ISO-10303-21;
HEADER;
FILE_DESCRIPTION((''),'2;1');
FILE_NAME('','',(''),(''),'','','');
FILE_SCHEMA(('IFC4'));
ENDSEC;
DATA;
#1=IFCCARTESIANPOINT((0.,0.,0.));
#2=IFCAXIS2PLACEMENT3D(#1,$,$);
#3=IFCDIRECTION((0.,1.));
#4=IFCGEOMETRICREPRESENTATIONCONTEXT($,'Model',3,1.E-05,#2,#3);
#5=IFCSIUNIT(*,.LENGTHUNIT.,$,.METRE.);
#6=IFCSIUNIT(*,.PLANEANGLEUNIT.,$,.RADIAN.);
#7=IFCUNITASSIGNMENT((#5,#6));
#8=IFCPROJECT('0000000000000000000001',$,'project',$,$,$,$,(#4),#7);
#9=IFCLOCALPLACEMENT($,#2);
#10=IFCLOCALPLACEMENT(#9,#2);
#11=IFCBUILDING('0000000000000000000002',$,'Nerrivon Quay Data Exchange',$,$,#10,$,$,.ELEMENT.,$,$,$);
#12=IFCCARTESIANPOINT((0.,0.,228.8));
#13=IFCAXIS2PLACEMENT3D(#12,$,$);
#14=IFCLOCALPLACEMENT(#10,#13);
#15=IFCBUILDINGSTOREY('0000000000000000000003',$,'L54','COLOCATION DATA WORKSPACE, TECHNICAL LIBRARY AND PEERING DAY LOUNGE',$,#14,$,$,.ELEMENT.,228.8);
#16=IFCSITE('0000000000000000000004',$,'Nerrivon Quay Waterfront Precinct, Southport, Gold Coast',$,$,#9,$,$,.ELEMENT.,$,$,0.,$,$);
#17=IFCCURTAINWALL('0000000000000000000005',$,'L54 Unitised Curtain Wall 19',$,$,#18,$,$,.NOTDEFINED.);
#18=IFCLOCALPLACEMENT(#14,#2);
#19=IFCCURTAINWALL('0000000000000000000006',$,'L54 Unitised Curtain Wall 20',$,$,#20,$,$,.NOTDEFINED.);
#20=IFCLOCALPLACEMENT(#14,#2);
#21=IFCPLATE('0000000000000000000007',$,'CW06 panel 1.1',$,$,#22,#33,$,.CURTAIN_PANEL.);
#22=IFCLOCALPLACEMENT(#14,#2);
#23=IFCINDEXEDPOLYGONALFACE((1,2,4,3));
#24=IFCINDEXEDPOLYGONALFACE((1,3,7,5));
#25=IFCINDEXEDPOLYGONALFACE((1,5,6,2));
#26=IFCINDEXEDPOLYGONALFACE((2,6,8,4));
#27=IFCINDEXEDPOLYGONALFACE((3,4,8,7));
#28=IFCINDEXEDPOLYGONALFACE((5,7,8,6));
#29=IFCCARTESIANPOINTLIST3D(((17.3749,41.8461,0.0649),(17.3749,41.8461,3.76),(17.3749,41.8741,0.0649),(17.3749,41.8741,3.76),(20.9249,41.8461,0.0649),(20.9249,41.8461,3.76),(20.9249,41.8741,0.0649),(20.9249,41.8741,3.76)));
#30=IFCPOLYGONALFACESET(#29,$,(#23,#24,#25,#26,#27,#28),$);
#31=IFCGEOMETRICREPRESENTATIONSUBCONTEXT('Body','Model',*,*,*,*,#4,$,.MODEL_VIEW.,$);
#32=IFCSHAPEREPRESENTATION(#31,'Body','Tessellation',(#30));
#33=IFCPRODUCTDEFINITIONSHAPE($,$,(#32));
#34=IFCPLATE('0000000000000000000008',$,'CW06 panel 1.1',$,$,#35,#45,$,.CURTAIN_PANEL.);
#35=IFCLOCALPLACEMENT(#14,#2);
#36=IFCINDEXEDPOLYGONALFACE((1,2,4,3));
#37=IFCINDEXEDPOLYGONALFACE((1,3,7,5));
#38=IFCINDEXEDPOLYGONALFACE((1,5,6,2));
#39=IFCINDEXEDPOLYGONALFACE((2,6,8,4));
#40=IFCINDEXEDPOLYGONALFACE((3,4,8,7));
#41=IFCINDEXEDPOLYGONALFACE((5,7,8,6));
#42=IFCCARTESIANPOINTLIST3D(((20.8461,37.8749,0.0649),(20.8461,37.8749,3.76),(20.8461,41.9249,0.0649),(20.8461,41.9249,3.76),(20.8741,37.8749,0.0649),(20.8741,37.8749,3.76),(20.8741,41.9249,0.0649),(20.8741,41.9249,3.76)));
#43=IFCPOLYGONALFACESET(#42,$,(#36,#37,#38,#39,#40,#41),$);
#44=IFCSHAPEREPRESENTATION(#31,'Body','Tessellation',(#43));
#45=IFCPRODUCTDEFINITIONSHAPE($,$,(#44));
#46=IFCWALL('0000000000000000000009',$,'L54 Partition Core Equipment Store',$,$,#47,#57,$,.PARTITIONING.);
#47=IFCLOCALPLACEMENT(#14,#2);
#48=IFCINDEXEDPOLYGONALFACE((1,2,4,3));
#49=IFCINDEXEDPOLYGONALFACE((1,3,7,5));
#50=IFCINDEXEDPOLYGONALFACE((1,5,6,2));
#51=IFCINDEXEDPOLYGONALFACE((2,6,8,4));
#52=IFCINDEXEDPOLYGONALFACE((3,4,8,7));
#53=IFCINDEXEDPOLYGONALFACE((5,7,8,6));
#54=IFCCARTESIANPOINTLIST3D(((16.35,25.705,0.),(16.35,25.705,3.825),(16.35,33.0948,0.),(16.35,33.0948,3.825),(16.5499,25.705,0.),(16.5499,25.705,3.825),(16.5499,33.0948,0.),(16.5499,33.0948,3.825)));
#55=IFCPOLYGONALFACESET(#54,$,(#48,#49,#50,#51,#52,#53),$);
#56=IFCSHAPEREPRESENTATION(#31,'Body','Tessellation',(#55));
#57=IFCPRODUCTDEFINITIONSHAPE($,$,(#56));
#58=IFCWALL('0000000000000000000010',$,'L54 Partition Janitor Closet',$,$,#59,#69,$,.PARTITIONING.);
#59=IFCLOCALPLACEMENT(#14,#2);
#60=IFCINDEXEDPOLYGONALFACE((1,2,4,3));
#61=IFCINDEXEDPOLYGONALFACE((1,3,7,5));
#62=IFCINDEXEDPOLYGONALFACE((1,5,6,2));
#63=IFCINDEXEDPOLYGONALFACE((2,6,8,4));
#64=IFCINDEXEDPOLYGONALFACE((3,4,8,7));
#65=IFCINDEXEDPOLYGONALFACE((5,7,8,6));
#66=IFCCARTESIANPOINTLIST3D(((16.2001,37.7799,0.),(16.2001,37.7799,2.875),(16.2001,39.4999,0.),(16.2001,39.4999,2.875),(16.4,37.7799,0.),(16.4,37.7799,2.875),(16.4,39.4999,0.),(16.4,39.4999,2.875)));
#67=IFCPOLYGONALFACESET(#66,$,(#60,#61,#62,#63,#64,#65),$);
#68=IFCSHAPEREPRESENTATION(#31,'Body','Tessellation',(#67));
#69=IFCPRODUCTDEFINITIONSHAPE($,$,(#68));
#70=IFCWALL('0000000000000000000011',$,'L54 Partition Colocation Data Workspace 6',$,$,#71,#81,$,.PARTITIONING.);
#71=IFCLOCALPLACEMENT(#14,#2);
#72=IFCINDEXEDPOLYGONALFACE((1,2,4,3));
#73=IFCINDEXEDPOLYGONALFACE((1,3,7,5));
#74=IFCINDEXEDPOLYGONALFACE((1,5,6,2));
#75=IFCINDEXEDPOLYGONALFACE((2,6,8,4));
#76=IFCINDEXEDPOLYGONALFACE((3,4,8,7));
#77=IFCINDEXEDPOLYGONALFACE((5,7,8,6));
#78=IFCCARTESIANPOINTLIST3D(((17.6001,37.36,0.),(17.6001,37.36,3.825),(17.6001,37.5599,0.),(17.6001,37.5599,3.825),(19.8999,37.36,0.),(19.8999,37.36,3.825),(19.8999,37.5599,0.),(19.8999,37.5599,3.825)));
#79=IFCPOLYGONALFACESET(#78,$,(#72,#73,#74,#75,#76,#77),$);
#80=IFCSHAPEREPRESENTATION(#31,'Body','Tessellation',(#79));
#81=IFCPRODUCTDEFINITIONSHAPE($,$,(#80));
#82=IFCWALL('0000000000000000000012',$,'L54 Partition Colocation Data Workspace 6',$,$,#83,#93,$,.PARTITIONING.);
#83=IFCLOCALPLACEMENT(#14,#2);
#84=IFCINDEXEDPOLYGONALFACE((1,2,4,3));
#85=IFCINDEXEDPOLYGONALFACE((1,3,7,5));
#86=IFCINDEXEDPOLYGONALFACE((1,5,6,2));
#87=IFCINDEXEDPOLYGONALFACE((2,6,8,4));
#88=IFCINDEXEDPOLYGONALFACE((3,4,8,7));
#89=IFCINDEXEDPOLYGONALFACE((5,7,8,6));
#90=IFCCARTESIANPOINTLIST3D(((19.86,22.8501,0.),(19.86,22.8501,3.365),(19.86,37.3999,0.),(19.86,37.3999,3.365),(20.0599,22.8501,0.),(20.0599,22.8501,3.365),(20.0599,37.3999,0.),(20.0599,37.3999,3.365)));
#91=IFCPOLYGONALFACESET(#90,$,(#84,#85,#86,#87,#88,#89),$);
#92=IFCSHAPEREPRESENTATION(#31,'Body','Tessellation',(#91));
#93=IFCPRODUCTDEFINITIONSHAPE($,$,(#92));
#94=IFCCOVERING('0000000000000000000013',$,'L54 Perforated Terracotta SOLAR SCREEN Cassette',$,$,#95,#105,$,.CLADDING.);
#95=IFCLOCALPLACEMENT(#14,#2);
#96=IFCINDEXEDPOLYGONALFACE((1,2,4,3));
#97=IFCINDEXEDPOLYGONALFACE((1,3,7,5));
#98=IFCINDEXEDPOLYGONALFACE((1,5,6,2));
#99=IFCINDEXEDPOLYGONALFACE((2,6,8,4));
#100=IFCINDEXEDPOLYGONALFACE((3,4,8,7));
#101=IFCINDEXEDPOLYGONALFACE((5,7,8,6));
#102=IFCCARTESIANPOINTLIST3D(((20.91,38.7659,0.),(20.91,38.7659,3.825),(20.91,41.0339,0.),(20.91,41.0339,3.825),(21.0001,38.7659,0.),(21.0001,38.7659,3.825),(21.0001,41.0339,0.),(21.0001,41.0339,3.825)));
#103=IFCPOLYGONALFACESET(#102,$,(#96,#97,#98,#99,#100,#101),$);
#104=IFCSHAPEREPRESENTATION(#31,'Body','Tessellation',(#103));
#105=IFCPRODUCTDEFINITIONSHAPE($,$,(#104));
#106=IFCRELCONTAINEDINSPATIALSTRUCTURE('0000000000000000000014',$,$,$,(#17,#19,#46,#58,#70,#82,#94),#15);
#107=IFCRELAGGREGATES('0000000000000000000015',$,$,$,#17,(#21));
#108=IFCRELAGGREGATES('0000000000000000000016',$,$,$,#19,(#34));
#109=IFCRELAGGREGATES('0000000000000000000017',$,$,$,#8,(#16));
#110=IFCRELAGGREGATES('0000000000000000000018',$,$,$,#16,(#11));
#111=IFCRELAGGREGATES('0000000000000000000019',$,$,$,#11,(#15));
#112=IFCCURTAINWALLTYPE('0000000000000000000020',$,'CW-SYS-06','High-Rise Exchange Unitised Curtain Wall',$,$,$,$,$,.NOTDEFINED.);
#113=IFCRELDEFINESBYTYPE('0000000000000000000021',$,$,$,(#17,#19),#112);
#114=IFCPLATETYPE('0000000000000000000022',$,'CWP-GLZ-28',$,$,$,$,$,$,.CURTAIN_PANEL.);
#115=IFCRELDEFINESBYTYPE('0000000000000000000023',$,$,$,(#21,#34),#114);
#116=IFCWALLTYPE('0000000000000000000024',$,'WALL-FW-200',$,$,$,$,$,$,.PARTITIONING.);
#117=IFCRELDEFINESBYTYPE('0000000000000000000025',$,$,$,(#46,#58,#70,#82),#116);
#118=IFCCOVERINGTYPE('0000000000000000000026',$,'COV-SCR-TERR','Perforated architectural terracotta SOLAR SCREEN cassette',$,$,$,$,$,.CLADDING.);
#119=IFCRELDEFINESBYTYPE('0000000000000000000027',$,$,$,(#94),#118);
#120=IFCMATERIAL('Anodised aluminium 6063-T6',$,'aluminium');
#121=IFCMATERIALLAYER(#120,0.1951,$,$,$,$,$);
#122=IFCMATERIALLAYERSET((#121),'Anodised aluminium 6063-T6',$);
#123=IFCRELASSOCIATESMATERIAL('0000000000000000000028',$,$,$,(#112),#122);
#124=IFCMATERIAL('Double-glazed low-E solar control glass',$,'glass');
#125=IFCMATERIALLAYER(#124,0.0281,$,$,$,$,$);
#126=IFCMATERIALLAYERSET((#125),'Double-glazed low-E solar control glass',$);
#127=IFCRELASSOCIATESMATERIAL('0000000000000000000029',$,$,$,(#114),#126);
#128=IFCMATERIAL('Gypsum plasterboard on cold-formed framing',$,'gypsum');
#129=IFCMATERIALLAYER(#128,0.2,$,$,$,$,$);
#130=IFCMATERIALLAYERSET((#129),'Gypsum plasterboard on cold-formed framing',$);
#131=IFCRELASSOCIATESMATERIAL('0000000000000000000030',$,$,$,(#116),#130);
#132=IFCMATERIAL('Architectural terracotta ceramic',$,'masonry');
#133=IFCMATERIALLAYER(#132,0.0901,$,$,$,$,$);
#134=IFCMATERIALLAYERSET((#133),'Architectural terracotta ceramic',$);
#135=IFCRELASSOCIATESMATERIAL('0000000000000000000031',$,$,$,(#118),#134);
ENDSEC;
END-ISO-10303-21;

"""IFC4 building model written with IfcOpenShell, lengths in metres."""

from ifc_helpers import new_model, si_unit, direction, frame, frame_2d, origin, origin_2d, place, context, subcontext, project, spatial, rectangle, extrude, material, layer, layer_set, type_object, element, aggregate, save


model = new_model("IFC4")

# Units and contexts
model_context = context("Model", 3, precision=1e-05, world=origin(), true_north=direction((0.0, 1.0)))
body_context = subcontext(model_context, "Body", "Model", "MODEL_VIEW")
ifc_project = project(units=[si_unit("LENGTHUNIT", "METRE"), si_unit("PLANEANGLEUNIT", "RADIAN")], contexts=[model_context])

# Site, building, storey
site_placement = place(None, origin())
site = spatial("IfcSite", under=ifc_project, at=site_placement, Name="Nerrivon Quay Waterfront Precinct, Southport, Gold Coast", CompositionType="ELEMENT", RefElevation=0.0)
building_placement = place(site_placement, origin())
building = spatial("IfcBuilding", under=site, at=building_placement, Name="Nerrivon Quay Data Exchange", CompositionType="ELEMENT")
storey_placement = place(building_placement, frame((0.0, 0.0, 228.8)))
storey = spatial("IfcBuildingStorey", under=building, at=storey_placement, Name="L54", Description="COLOCATION DATA WORKSPACE, TECHNICAL LIBRARY AND PEERING DAY LOUNGE", CompositionType="ELEMENT", Elevation=228.8)

# Curtain wall
ifc_material_1 = material(Name="Anodised aluminium 6063-T6", Category="aluminium")
ifc_layer_1 = layer(ifc_material_1, 0.1951)
ifc_layer_set_1 = layer_set([ifc_layer_1], Name="Anodised aluminium 6063-T6")
curtain_wall_type = type_object("IfcCurtainWallType", Name="CW-SYS-06", Description="High-Rise Exchange Unitised Curtain Wall", PredefinedType="NOTDEFINED", material=ifc_layer_set_1)
curtain_wall_1_placement = place(storey_placement, origin())
curtain_wall_1 = element("IfcCurtainWall", 1, at=curtain_wall_1_placement, inside=storey, type_object=curtain_wall_type, Name="L54 Unitised Curtain Wall 19", PredefinedType="NOTDEFINED")

# Curtain wall
curtain_wall_2_placement = place(storey_placement, origin())
curtain_wall_2 = element("IfcCurtainWall", 2, at=curtain_wall_2_placement, inside=storey, type_object=curtain_wall_type, Name="L54 Unitised Curtain Wall 20", PredefinedType="NOTDEFINED")

# Plates
ifc_material_2 = material(Name="Double-glazed low-E solar control glass", Category="glass")
ifc_layer_2 = layer(ifc_material_2, 0.0281)
ifc_layer_set_2 = layer_set([ifc_layer_2], Name="Double-glazed low-E solar control glass")
plate_type = type_object("IfcPlateType", Name="CWP-GLZ-28", PredefinedType="CURTAIN_PANEL", material=ifc_layer_set_2)
plate_1_placement = place(storey_placement, frame((19.1499, 41.8601, 0.0649), z_axis=(0.0, 0.0, 1.0), x_axis=(1.0, 0.0, 0.0)))
plate_1 = element("IfcPlate", 3, at=plate_1_placement, type_object=plate_type, Name="CW06 panel 1.1", PredefinedType="CURTAIN_PANEL", context=body_context, shape_type="SweptSolid", body=[
    extrude(rectangle(XDim=3.55, YDim=0.0281, at=origin_2d()), origin(), (0.0, 0.0, 1.0), 3.6951),
])
aggregate(curtain_wall_1, [plate_1])
plate_2_placement = place(storey_placement, frame((20.8601, 39.8999, 0.0649), z_axis=(0.0, 0.0, 1.0), x_axis=(0.0, -1.0, 0.0)))
plate_2 = element("IfcPlate", 4, at=plate_2_placement, type_object=plate_type, Name="CW06 panel 1.1", PredefinedType="CURTAIN_PANEL", context=body_context, shape_type="SweptSolid", body=[
    extrude(rectangle(XDim=4.05, YDim=0.0281, at=origin_2d()), origin(), (0.0, 0.0, 1.0), 3.6951),
])
aggregate(curtain_wall_2, [plate_2])

# Walls
ifc_material_3 = material(Name="Gypsum plasterboard on cold-formed framing", Category="gypsum")
ifc_layer_3 = layer(ifc_material_3, 0.2)
ifc_layer_set_3 = layer_set([ifc_layer_3], Name="Gypsum plasterboard on cold-formed framing")
wall_type_1 = type_object("IfcWallType", Name="WALL-FW-200", PredefinedType="PARTITIONING", material=ifc_layer_set_3)
wall_1_placement = place(storey_placement, frame((16.45, 25.7051, 0.0), z_axis=(0.0, 0.0, 1.0), x_axis=(0.0, 1.0, 0.0)))
element("IfcWall", 5, at=wall_1_placement, inside=storey, type_object=wall_type_1, Name="L54 Partition Core Equipment Store", PredefinedType="PARTITIONING", context=body_context, shape_type="SweptSolid", body=[
    extrude(rectangle(XDim=7.3899, YDim=0.2, at=frame_2d((3.6948, 0.0))), origin(), (0.0, 0.0, 1.0), 3.825),
])
wall_2_placement = place(storey_placement, frame((16.3, 37.78, 0.0), z_axis=(0.0, 0.0, 1.0), x_axis=(0.0, 1.0, 0.0)))
element("IfcWall", 6, at=wall_2_placement, inside=storey, type_object=wall_type_1, Name="L54 Partition Janitor Closet", PredefinedType="PARTITIONING", context=body_context, shape_type="SweptSolid", body=[
    extrude(rectangle(XDim=1.72, YDim=0.2, at=frame_2d((0.8599, 0.0))), origin(), (0.0, 0.0, 1.0), 2.875),
])
wall_3_placement = place(storey_placement, frame((17.6001, 37.46, 0.0), z_axis=(0.0, 0.0, 1.0), x_axis=(1.0, 0.0, 0.0)))
element("IfcWall", 7, at=wall_3_placement, inside=storey, type_object=wall_type_1, Name="L54 Partition Colocation Data Workspace 6", PredefinedType="PARTITIONING", context=body_context, shape_type="SweptSolid", body=[
    extrude(rectangle(XDim=2.2998, YDim=0.2, at=frame_2d((1.1499, 0.0))), origin(), (0.0, 0.0, 1.0), 3.825),
])
wall_4_placement = place(storey_placement, frame((19.96, 37.3999, 0.0), z_axis=(0.0, 0.0, 1.0), x_axis=(0.0, -1.0, 0.0)))
element("IfcWall", 8, at=wall_4_placement, inside=storey, type_object=wall_type_1, Name="L54 Partition Colocation Data Workspace 6", PredefinedType="PARTITIONING", context=body_context, shape_type="SweptSolid", body=[
    extrude(rectangle(XDim=14.5498, YDim=0.2, at=frame_2d((7.2749, 0.0))), origin(), (0.0, 0.0, 1.0), 3.365),
])

# Covering
ifc_material_4 = material(Name="Architectural terracotta ceramic", Category="masonry")
ifc_layer_4 = layer(ifc_material_4, 0.0901)
ifc_layer_set_4 = layer_set([ifc_layer_4], Name="Architectural terracotta ceramic")
covering_type = type_object("IfcCoveringType", Name="COV-SCR-TERR", Description="Perforated architectural terracotta SOLAR SCREEN cassette", PredefinedType="CLADDING", material=ifc_layer_set_4)
covering_placement = place(storey_placement, frame((20.9551, 39.8999, 0.0), z_axis=(0.0, 0.0, 1.0), x_axis=(0.0, -1.0, 0.0)))
element("IfcCovering", 9, at=covering_placement, inside=storey, type_object=covering_type, Name="L54 Perforated Terracotta SOLAR SCREEN Cassette", PredefinedType="CLADDING", context=body_context, shape_type="SweptSolid", body=[
    extrude(rectangle(XDim=2.2681, YDim=0.0901, at=origin_2d()), origin(), (0.0, 0.0, 1.0), 3.825),
])

save(model, "model.ifc")
